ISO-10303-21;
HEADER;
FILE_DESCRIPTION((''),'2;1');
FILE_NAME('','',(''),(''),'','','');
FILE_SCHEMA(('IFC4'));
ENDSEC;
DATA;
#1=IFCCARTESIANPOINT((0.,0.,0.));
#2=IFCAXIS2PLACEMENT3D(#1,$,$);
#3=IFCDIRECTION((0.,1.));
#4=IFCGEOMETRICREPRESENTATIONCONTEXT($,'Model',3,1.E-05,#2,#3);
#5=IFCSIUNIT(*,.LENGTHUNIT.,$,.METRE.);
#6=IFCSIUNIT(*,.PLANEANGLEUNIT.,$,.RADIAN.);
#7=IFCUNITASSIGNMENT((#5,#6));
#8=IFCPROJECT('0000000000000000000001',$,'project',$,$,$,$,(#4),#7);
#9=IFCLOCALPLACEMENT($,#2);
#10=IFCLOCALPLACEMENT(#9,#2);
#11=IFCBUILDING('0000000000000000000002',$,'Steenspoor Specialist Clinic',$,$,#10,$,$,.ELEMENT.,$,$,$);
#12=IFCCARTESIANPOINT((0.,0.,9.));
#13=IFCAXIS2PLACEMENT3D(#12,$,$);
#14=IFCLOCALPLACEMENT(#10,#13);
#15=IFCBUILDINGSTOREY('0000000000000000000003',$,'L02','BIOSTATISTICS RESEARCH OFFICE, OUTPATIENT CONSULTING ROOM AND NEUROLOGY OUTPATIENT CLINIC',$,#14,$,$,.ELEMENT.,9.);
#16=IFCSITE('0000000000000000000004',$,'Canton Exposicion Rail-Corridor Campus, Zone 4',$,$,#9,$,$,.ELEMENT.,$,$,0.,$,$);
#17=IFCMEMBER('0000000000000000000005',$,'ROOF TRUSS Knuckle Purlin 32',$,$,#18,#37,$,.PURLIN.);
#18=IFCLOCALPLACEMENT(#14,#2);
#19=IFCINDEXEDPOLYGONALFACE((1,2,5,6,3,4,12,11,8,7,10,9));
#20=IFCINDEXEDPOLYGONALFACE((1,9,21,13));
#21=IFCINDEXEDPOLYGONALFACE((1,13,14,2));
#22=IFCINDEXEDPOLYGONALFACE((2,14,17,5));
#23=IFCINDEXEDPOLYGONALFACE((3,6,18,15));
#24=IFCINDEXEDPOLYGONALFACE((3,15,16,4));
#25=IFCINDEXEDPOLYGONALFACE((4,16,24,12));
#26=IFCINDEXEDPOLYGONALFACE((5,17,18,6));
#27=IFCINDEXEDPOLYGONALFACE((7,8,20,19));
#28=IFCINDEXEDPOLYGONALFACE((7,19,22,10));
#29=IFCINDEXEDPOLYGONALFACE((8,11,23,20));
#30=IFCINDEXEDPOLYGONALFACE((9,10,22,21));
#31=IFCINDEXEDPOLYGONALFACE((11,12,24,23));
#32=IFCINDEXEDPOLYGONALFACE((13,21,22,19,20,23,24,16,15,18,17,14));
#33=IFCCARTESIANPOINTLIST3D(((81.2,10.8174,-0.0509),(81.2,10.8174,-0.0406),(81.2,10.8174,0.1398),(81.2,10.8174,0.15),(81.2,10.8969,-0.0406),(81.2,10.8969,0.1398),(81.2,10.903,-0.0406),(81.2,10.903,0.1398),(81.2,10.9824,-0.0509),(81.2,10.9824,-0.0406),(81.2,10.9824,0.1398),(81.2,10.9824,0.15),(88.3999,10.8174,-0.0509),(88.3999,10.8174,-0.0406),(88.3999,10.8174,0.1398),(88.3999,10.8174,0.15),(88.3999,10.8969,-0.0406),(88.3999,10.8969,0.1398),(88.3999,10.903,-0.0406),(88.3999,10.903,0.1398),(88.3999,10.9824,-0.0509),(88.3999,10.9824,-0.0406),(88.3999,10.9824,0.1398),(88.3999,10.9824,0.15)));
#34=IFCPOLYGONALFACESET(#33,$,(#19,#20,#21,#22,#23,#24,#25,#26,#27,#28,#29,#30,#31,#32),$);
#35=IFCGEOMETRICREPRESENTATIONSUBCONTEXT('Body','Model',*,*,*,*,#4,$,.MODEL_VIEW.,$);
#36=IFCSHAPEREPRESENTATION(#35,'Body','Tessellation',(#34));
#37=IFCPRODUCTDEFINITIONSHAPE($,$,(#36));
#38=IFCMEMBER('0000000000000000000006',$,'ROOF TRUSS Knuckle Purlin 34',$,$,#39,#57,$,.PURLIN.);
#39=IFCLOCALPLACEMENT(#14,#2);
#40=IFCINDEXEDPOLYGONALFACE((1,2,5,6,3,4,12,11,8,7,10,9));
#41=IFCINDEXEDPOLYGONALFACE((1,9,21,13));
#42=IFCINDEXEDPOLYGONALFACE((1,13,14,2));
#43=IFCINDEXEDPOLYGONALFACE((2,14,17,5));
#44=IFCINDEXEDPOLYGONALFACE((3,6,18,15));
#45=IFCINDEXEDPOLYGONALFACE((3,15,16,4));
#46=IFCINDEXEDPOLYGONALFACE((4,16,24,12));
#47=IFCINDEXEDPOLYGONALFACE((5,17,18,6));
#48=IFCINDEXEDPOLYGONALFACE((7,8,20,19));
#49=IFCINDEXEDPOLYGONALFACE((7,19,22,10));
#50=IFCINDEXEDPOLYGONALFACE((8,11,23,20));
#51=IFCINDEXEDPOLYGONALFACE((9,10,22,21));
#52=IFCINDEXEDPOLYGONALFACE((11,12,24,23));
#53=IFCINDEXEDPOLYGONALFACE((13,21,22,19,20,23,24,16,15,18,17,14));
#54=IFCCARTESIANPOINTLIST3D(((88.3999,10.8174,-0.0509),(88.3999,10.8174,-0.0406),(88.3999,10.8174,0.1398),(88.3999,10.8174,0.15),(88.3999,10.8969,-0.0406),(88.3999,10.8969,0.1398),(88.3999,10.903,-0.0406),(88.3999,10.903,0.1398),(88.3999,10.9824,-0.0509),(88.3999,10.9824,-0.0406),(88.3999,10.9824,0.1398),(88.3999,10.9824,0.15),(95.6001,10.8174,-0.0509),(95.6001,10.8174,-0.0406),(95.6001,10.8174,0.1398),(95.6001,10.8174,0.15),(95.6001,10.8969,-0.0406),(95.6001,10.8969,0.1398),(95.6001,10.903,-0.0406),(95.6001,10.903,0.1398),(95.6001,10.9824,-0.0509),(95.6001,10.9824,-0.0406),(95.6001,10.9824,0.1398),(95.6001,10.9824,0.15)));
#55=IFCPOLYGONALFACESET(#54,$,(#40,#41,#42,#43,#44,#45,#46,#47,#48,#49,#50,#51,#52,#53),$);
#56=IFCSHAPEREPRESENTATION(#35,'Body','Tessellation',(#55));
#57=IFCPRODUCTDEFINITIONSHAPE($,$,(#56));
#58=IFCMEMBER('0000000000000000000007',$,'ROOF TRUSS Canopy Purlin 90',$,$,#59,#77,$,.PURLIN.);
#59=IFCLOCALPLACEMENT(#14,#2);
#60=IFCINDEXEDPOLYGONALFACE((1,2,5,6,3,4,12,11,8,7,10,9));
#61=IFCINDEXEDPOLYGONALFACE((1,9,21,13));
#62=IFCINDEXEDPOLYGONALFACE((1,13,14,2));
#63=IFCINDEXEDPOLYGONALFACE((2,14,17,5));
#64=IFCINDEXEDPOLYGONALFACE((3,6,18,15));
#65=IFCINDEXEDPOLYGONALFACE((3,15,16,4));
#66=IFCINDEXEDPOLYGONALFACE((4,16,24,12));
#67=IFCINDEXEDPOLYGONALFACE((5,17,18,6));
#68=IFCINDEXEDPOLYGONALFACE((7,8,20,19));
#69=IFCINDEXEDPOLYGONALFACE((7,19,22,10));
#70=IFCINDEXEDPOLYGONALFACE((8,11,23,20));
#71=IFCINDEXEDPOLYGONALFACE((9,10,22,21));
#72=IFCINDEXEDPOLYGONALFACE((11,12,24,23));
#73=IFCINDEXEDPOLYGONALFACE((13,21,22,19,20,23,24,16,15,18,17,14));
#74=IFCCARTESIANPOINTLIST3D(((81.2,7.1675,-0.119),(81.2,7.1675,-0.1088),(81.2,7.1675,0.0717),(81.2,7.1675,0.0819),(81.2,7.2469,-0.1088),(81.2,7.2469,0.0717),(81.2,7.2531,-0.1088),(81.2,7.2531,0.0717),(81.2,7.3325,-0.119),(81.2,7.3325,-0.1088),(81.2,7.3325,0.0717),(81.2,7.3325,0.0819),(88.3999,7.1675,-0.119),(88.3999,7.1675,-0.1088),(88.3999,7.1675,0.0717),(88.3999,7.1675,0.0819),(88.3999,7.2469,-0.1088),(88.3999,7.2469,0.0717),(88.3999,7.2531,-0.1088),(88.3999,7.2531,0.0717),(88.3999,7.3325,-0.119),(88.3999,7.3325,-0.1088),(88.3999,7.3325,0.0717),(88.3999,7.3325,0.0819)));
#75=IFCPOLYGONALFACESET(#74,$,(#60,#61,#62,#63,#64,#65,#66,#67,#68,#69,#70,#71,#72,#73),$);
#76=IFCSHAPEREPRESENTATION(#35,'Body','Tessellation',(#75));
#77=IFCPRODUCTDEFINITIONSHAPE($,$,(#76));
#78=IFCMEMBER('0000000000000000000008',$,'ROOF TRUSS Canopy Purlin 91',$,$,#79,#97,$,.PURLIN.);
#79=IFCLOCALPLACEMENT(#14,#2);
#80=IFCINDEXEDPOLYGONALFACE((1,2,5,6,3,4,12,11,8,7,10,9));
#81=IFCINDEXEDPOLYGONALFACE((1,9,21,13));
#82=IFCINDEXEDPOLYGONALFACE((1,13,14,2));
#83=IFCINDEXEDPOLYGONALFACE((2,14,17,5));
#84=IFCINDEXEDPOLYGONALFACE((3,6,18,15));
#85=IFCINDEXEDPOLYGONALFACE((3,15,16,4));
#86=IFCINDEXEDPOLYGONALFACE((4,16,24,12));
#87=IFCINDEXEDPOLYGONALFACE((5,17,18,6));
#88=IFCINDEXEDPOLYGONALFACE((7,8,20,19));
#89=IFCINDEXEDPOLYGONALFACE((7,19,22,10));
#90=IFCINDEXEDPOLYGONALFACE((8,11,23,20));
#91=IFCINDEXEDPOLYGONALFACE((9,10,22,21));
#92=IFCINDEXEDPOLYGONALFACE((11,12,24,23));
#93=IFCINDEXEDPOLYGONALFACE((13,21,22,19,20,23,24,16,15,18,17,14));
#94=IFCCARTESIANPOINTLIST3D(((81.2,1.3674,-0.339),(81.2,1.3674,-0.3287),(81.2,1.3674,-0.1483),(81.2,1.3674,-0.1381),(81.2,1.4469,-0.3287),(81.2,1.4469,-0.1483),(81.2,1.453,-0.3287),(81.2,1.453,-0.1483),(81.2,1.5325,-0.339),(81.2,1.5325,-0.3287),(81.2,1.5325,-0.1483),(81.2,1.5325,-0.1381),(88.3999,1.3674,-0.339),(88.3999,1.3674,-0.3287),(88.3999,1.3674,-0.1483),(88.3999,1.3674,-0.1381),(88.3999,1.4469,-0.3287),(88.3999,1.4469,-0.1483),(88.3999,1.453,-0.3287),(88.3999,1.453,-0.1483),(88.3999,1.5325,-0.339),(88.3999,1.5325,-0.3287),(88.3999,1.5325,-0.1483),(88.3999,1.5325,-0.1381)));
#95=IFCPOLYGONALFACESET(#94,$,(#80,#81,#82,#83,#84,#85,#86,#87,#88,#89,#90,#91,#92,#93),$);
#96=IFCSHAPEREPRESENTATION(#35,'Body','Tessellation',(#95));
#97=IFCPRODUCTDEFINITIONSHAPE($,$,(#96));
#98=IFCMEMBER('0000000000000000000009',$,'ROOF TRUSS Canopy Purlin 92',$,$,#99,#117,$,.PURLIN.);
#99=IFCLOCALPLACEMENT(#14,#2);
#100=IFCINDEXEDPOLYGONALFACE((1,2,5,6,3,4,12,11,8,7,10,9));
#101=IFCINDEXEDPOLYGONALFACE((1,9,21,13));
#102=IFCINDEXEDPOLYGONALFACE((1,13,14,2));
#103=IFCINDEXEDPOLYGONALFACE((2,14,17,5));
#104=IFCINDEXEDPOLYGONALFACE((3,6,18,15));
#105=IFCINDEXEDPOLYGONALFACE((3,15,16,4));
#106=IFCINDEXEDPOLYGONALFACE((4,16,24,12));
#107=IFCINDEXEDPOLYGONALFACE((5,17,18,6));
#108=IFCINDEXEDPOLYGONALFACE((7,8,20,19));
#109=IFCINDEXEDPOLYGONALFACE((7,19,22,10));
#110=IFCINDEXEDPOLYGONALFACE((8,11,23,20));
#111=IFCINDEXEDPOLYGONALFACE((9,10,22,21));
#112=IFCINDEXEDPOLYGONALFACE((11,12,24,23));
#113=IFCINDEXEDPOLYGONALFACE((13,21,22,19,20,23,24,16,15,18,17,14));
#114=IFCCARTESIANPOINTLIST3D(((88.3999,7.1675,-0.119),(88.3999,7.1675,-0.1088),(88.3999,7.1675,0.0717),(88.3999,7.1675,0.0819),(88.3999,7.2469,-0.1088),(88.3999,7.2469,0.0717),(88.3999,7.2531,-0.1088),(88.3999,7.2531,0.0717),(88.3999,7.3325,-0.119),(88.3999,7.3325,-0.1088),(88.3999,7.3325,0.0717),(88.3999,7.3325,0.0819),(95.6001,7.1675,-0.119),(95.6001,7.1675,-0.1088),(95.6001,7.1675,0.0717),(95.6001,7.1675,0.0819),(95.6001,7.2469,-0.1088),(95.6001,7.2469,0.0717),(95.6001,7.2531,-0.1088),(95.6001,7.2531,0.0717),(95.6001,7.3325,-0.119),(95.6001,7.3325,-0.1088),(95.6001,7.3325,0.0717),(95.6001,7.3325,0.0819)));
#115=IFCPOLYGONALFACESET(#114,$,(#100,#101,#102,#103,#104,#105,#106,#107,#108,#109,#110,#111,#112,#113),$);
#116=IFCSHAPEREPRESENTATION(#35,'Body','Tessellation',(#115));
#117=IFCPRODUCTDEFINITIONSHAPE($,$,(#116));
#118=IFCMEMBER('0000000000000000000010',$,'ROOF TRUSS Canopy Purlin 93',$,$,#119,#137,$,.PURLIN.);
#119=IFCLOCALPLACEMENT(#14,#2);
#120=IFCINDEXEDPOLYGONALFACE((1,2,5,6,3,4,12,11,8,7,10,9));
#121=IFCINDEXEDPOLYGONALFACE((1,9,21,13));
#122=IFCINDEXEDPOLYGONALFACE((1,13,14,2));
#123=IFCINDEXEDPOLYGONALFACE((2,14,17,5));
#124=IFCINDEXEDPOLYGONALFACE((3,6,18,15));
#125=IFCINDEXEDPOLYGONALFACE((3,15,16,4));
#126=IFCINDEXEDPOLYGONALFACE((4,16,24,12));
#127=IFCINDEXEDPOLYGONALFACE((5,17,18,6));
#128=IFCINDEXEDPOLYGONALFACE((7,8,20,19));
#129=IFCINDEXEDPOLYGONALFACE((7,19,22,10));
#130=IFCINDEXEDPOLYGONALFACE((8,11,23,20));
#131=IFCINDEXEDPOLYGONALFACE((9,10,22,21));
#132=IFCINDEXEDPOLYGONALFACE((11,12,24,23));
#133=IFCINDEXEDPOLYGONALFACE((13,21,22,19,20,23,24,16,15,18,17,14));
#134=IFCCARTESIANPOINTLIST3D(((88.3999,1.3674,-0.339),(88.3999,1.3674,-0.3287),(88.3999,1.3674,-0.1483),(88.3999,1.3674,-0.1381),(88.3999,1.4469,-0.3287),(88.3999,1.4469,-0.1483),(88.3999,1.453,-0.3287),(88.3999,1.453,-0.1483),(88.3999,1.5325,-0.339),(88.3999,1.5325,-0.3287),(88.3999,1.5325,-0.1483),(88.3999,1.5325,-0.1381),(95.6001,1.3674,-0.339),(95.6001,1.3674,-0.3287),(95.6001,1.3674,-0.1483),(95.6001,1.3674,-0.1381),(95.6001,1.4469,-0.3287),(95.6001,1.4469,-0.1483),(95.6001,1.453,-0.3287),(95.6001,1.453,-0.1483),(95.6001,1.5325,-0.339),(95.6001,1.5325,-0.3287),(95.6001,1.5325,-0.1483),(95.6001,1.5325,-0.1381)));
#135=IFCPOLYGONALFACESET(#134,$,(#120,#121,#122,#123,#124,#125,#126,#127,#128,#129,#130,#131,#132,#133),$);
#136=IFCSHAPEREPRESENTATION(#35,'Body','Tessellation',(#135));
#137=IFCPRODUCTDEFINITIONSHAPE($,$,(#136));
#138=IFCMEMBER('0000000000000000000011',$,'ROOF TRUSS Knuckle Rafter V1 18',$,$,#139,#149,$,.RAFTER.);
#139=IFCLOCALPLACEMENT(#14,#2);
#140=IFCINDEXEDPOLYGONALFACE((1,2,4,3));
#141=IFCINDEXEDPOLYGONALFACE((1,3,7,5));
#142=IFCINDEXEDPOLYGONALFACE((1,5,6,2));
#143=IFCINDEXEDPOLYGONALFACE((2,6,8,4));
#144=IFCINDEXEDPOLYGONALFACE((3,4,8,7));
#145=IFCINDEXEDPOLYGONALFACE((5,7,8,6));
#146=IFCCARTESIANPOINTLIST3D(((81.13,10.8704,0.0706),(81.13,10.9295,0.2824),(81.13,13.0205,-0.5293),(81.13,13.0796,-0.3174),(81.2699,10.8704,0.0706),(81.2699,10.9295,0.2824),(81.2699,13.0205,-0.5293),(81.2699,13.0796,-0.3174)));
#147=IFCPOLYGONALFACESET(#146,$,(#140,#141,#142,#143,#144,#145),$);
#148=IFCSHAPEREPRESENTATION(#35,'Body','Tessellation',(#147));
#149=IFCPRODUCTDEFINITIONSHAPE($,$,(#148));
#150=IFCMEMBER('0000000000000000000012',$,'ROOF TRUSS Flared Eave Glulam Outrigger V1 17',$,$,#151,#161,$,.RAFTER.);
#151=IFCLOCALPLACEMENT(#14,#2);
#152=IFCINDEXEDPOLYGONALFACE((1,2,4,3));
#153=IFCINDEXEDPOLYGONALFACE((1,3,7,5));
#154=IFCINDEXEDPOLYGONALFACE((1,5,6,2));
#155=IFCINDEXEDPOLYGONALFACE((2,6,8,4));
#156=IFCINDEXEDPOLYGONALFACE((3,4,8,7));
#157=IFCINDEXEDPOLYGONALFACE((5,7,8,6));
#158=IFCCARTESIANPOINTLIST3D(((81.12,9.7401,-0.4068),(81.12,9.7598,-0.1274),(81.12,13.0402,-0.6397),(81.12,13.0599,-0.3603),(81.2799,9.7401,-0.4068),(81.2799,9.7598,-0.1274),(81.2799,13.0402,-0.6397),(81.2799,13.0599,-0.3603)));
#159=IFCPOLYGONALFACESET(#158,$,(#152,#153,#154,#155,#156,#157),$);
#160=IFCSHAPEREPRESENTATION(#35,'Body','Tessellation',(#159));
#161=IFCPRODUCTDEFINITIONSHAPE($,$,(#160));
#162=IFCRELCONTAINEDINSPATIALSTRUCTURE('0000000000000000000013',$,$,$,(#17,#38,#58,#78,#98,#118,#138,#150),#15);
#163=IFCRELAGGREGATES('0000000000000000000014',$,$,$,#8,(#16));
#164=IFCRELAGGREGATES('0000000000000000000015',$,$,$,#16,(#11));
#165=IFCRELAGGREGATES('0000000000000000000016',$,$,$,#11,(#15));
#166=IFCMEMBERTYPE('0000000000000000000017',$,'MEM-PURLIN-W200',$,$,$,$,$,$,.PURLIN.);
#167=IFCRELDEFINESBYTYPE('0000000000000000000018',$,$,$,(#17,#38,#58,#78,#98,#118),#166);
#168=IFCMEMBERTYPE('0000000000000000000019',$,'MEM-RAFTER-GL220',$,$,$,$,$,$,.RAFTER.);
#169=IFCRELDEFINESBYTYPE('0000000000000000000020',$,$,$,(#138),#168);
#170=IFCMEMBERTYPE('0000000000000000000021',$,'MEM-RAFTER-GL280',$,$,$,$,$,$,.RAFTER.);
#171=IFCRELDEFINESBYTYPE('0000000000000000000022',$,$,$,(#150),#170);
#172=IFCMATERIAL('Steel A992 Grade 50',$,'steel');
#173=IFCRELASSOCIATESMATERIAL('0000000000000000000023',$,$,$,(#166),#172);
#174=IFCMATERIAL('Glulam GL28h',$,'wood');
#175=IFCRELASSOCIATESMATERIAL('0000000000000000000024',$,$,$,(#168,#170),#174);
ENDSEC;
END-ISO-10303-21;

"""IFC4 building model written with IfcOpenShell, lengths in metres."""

from ifc_helpers import new_model, si_unit, direction, frame, origin, origin_2d, place, context, subcontext, project, spatial, rectangle, i_section, extrude, material, material_profile, profile_set, type_object, element, save


model = new_model("IFC4")

# Units and contexts
model_context = context("Model", 3, precision=1e-05, world=origin(), true_north=direction((0.0, 1.0)))
body_context = subcontext(model_context, "Body", "Model", "MODEL_VIEW")
ifc_project = project(units=[si_unit("LENGTHUNIT", "METRE"), si_unit("PLANEANGLEUNIT", "RADIAN")], contexts=[model_context])

# Site, building, storey
site_placement = place(None, origin())
site = spatial("IfcSite", under=ifc_project, at=site_placement, Name="Canton Exposicion Rail-Corridor Campus, Zone 4", CompositionType="ELEMENT", RefElevation=0.0)
building_placement = place(site_placement, origin())
building = spatial("IfcBuilding", under=site, at=building_placement, Name="Steenspoor Specialist Clinic", CompositionType="ELEMENT")
storey_placement = place(building_placement, frame((0.0, 0.0, 9.0)))
storey = spatial("IfcBuildingStorey", under=building, at=storey_placement, Name="L02", Description="BIOSTATISTICS RESEARCH OFFICE, OUTPATIENT CONSULTING ROOM AND NEUROLOGY OUTPATIENT CLINIC", CompositionType="ELEMENT", Elevation=9.0)

# Members
ifc_material_1 = material(Name="Steel A992 Grade 50", Category="steel")
ifc_material_profile_1 = material_profile(ifc_material_1, i_section(OverallWidth=0.165, OverallDepth=0.2009, WebThickness=0.0061, FlangeThickness=0.0103, at=origin_2d()), Name="W200X36")
ifc_profile_set_1 = profile_set([ifc_material_profile_1], Name="Steel A992 Grade 50")
member_type_1 = type_object("IfcMemberType", Name="MEM-PURLIN-W200", PredefinedType="PURLIN", material=ifc_profile_set_1)
member_1_placement = place(storey_placement, frame((81.2, 10.8999, 0.0496), z_axis=(1.0, 0.0, 0.0), x_axis=(0.0, 1.0, 0.0)))
element("IfcMember", 1, at=member_1_placement, inside=storey, type_object=member_type_1, Name="ROOF TRUSS Knuckle Purlin 32", PredefinedType="PURLIN", context=body_context, shape_type="SweptSolid", body=[
    extrude(i_section(OverallWidth=0.165, OverallDepth=0.2009, WebThickness=0.0061, FlangeThickness=0.0103, at=origin_2d()), origin(), (0.0, 0.0, 1.0), 7.2),
])
member_2_placement = place(storey_placement, frame((88.3999, 10.8999, 0.0496), z_axis=(1.0, 0.0, 0.0), x_axis=(0.0, 1.0, 0.0)))
element("IfcMember", 2, at=member_2_placement, inside=storey, type_object=member_type_1, Name="ROOF TRUSS Knuckle Purlin 34", PredefinedType="PURLIN", context=body_context, shape_type="SweptSolid", body=[
    extrude(i_section(OverallWidth=0.165, OverallDepth=0.2009, WebThickness=0.0061, FlangeThickness=0.0103, at=origin_2d()), origin(), (0.0, 0.0, 1.0), 7.2002),
])
for number, where, z_axis, x_axis, name in (
    (3, (81.2, 7.25, -0.0186), (1.0, 0.0, 0.0), (0.0, 1.0, 0.0), "ROOF TRUSS Canopy Purlin 90"),
    (4, (81.2, 1.45, -0.2385), (1.0, 0.0, 0.0), (0.0, 1.0, 0.0), "ROOF TRUSS Canopy Purlin 91"),
):
    element("IfcMember", number, at=place(storey_placement, frame(where, z_axis=z_axis, x_axis=x_axis)), inside=storey, type_object=member_type_1, Name=name, PredefinedType="PURLIN", context=body_context, shape_type="SweptSolid", body=[
        extrude(i_section(OverallWidth=0.165, OverallDepth=0.2009, WebThickness=0.0061, FlangeThickness=0.0103, at=origin_2d()), origin(), (0.0, 0.0, 1.0), 7.2),
    ])
for number, where, z_axis, x_axis, name in (
    (5, (88.3999, 7.25, -0.0186), (1.0, 0.0, 0.0), (0.0, 1.0, 0.0), "ROOF TRUSS Canopy Purlin 92"),
    (6, (88.3999, 1.45, -0.2385), (1.0, 0.0, 0.0), (0.0, 1.0, 0.0), "ROOF TRUSS Canopy Purlin 93"),
):
    element("IfcMember", number, at=place(storey_placement, frame(where, z_axis=z_axis, x_axis=x_axis)), inside=storey, type_object=member_type_1, Name=name, PredefinedType="PURLIN", context=body_context, shape_type="SweptSolid", body=[
        extrude(i_section(OverallWidth=0.165, OverallDepth=0.2009, WebThickness=0.0061, FlangeThickness=0.0103, at=origin_2d()), origin(), (0.0, 0.0, 1.0), 7.2002),
    ])
ifc_material_2 = material(Name="Glulam GL28h", Category="wood")
ifc_material_profile_2 = material_profile(ifc_material_2, rectangle(XDim=0.1399, YDim=0.22, at=origin_2d()), Name="GL28H-140X220")
ifc_profile_set_2 = profile_set([ifc_material_profile_2], Name="Glulam GL28h")
member_type_2 = type_object("IfcMemberType", Name="MEM-RAFTER-GL220", PredefinedType="RAFTER", material=ifc_profile_set_2)
member_3_placement = place(storey_placement, frame((81.2, 13.05, -0.4233), z_axis=(0.0, -0.963218, 0.268721), x_axis=(1.0, 0.0, 0.0)))
element("IfcMember", 7, at=member_3_placement, inside=storey, type_object=member_type_2, Name="ROOF TRUSS Knuckle Rafter V1 18", PredefinedType="RAFTER", context=body_context, shape_type="SweptSolid", body=[
    extrude(rectangle(XDim=0.1399, YDim=0.22, at=origin_2d()), origin(), (0.0, 0.0, 1.0), 2.2322),
])
ifc_material_profile_3 = material_profile(ifc_material_2, rectangle(XDim=0.1599, YDim=0.28, at=origin_2d()), Name="GL28H-160X280")
ifc_profile_set_3 = profile_set([ifc_material_profile_3], Name="Glulam GL28h")
member_type_3 = type_object("IfcMemberType", Name="MEM-RAFTER-GL280", PredefinedType="RAFTER", material=ifc_profile_set_3)
member_4_placement = place(storey_placement, frame((81.2, 13.05, -0.5), z_axis=(0.0, -0.997519, 0.070403), x_axis=(1.0, 0.0, 0.0)))
element("IfcMember", 8, at=member_4_placement, inside=storey, type_object=member_type_3, Name="ROOF TRUSS Flared Eave Glulam Outrigger V1 17", PredefinedType="RAFTER", context=body_context, shape_type="SweptSolid", body=[
    extrude(rectangle(XDim=0.1599, YDim=0.28, at=origin_2d()), origin(), (0.0, 0.0, 1.0), 3.3083),
])

save(model, "model.ifc")
